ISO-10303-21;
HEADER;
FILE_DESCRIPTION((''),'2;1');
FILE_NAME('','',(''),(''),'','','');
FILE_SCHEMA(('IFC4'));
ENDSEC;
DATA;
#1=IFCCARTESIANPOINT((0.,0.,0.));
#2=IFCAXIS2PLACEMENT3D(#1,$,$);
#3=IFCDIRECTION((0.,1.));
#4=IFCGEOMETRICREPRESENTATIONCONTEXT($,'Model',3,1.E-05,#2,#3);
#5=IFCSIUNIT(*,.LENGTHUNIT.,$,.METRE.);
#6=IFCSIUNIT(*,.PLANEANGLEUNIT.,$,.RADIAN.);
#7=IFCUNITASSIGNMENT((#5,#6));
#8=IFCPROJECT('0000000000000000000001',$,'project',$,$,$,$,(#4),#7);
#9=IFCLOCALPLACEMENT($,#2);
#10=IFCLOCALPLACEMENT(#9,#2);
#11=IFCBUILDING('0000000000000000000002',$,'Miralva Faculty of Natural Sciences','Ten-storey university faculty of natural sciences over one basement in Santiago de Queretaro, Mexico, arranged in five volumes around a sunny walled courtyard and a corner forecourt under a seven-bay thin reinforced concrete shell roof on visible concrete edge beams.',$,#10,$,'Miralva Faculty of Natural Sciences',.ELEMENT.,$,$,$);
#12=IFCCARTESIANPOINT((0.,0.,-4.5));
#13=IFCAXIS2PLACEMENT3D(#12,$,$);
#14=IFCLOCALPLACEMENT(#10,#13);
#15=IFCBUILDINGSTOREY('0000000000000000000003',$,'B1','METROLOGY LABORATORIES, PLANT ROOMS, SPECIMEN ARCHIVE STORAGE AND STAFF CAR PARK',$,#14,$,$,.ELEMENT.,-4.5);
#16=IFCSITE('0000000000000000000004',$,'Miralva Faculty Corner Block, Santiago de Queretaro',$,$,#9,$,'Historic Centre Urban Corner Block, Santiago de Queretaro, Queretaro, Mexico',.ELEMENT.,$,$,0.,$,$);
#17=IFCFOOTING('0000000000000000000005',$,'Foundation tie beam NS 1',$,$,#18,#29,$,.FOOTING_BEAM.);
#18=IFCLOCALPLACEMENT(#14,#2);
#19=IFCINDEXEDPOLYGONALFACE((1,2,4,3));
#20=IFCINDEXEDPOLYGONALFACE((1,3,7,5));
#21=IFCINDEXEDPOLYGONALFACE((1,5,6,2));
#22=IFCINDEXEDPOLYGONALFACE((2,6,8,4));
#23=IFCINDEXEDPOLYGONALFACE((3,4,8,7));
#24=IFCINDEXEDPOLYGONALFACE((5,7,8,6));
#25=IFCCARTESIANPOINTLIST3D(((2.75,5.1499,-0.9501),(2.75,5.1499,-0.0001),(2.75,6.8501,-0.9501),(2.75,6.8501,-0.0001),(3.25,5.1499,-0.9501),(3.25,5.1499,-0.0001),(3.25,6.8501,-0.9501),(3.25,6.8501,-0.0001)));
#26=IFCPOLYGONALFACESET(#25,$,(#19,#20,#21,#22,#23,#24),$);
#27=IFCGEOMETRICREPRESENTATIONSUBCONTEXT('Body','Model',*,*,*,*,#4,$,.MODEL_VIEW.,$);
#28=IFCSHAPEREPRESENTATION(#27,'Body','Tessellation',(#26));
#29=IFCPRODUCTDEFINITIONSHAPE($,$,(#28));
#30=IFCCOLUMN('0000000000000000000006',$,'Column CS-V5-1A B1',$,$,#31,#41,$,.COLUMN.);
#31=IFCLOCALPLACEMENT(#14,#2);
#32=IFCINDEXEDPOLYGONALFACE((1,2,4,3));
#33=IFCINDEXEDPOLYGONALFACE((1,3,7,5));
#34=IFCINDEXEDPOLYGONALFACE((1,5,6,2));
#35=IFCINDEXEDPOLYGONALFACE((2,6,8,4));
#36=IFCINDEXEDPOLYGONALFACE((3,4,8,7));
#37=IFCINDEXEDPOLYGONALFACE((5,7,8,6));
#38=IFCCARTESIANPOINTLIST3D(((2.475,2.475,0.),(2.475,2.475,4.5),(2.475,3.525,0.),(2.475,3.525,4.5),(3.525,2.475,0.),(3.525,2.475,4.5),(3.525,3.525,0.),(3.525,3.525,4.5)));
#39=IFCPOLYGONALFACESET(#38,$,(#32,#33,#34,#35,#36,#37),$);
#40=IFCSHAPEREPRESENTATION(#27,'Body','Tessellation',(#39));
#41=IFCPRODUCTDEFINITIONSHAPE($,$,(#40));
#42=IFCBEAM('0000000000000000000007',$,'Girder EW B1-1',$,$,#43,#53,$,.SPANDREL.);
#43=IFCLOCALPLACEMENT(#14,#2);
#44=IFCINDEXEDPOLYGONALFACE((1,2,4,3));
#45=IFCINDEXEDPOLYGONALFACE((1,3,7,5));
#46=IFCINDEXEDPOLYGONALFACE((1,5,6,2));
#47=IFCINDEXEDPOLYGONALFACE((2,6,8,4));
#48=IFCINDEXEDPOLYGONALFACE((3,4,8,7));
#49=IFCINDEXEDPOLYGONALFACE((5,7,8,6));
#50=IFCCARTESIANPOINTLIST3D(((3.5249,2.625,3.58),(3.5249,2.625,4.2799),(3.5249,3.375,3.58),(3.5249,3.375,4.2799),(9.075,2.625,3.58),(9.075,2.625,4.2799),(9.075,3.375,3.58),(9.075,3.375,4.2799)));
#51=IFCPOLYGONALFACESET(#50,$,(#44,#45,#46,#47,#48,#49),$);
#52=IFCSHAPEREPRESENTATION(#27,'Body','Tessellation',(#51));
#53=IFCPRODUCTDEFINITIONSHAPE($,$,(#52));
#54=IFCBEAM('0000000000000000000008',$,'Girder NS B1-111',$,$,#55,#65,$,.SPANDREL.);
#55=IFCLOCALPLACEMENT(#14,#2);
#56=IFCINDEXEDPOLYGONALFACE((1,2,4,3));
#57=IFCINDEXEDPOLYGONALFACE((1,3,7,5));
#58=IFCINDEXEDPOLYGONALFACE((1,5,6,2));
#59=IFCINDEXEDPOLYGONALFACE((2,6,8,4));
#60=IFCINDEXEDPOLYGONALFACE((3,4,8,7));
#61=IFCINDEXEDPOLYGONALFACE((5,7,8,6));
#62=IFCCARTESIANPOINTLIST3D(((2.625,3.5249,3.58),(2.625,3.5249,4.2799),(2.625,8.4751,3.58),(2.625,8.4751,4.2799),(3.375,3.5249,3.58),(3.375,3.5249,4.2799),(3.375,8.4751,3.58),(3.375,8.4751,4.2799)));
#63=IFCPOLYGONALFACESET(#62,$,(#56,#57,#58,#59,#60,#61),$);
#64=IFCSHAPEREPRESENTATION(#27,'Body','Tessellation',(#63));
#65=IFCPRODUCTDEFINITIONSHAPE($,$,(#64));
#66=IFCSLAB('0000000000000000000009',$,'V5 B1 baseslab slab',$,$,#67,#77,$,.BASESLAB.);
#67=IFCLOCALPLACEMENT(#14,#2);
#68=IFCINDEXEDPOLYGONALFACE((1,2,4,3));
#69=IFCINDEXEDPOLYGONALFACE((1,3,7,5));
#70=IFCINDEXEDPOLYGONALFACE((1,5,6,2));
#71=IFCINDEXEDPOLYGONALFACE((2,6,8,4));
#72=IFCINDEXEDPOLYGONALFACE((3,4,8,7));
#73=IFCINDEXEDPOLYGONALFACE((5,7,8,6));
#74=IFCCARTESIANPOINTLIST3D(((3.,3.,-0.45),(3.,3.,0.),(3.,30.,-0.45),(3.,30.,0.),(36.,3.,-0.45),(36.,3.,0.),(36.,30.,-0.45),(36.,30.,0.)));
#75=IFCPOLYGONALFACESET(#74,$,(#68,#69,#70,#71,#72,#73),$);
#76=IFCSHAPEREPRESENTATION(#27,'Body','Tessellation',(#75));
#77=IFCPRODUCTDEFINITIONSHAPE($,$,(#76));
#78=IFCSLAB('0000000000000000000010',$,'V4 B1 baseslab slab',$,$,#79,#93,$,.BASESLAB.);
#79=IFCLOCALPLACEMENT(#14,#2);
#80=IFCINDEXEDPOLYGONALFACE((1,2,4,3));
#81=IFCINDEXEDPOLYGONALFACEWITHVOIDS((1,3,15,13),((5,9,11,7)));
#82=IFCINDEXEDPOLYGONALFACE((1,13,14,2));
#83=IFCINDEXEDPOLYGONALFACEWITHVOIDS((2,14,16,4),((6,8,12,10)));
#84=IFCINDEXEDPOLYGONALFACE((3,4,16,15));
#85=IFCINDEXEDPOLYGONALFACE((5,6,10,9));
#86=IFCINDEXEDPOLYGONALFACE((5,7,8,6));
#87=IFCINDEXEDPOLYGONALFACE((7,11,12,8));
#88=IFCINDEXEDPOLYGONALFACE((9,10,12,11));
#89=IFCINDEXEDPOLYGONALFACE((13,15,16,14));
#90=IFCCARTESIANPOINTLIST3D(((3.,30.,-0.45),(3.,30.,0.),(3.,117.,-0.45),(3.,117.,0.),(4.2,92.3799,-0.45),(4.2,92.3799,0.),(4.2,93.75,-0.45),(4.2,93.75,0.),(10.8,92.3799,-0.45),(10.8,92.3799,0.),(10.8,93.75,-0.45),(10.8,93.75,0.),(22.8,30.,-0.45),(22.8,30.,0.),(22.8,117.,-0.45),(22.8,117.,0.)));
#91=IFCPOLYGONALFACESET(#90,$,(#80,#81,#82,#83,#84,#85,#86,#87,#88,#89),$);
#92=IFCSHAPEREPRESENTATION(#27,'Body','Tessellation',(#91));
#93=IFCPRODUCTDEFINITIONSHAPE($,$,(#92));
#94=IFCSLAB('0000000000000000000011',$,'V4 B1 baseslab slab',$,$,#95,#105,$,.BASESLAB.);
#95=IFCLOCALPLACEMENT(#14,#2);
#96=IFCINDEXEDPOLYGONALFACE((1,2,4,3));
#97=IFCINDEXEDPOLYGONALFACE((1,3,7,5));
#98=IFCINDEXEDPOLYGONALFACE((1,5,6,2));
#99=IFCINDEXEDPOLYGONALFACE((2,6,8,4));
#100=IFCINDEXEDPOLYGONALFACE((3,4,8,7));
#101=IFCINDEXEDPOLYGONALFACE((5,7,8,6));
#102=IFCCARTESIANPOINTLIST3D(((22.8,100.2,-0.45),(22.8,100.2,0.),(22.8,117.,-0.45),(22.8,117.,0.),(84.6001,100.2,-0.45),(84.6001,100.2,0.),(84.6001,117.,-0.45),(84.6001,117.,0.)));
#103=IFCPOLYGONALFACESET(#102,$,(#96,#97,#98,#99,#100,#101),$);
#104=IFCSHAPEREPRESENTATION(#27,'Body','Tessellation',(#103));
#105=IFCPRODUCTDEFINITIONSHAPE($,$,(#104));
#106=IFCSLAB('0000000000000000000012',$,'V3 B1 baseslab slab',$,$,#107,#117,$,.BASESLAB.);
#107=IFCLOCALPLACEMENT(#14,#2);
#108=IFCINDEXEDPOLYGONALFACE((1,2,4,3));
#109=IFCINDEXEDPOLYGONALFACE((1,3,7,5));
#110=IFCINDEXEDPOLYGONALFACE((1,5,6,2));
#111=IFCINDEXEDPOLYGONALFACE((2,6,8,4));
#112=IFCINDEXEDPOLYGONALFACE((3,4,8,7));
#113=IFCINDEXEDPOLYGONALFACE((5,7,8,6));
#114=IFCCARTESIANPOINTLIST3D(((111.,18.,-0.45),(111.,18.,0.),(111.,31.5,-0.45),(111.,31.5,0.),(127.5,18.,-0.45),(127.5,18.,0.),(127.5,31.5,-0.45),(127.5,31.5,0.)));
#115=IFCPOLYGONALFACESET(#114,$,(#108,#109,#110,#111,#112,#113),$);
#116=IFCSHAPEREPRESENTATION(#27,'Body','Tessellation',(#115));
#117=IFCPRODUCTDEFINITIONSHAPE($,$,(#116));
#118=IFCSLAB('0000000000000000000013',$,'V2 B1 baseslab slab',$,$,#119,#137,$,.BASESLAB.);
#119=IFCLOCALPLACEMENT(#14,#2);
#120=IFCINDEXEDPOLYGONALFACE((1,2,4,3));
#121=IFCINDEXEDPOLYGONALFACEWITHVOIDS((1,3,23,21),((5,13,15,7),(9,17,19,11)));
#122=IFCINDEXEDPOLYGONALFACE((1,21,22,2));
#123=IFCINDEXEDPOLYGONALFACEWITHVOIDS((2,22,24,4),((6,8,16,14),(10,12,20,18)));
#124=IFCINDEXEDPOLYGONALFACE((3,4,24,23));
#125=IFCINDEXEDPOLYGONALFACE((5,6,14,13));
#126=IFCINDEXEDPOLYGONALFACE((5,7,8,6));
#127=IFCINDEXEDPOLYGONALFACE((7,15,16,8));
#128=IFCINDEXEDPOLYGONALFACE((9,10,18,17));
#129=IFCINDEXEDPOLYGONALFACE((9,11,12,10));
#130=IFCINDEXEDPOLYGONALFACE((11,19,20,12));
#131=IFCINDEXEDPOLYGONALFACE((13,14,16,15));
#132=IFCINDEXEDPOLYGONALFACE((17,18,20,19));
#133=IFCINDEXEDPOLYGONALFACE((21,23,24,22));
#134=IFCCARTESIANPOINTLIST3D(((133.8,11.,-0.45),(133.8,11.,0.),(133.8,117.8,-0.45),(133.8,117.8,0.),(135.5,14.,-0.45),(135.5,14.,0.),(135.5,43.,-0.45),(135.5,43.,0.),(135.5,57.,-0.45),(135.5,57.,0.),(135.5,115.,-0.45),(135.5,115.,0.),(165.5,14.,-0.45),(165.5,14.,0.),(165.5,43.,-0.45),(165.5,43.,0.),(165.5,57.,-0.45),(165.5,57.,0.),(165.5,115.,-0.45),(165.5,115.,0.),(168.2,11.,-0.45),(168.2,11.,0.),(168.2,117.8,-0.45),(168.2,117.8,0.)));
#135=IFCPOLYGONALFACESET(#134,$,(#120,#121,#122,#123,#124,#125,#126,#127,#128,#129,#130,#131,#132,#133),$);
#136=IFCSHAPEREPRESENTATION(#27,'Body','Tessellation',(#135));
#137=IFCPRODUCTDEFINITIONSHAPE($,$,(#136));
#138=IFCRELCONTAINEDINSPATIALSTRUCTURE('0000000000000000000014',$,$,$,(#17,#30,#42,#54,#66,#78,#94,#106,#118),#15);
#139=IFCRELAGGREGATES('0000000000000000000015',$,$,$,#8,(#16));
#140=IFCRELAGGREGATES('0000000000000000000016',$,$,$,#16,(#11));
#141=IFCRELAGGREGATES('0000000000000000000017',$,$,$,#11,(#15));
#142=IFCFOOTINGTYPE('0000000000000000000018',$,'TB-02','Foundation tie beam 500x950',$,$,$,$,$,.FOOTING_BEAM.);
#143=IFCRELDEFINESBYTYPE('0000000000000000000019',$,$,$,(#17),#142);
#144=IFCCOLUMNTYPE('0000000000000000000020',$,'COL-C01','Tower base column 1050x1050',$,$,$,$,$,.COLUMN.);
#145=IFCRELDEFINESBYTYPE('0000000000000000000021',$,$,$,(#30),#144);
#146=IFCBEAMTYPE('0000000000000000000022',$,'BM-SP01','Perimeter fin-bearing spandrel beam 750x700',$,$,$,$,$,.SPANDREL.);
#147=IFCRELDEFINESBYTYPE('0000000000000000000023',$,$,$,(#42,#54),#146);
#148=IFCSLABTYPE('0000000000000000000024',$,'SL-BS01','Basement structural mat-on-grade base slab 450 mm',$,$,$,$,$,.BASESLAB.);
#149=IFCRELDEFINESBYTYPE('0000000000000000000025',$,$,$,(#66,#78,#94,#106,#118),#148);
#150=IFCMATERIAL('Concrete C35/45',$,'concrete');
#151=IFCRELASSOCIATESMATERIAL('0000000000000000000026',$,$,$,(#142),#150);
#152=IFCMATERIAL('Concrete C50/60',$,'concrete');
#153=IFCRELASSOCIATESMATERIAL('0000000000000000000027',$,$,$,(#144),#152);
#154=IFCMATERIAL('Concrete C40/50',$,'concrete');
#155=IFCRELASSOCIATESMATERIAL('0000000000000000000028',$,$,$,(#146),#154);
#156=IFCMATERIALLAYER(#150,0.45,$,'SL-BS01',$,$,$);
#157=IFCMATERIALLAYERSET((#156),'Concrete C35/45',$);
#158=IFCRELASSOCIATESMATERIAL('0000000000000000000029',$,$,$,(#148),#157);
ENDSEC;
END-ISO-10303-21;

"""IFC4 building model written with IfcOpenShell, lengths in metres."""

from ifc_helpers import new_model, si_unit, direction, frame, origin, origin_2d, place, context, subcontext, project, spatial, polyline, rectangle, outline, extrude, material, layer, layer_set, material_profile, profile_set, type_object, element, save


model = new_model("IFC4")

# Units and contexts
model_context = context("Model", 3, precision=1e-05, world=origin(), true_north=direction((0.0, 1.0)))
body_context = subcontext(model_context, "Body", "Model", "MODEL_VIEW")
ifc_project = project(units=[si_unit("LENGTHUNIT", "METRE"), si_unit("PLANEANGLEUNIT", "RADIAN")], contexts=[model_context])

# Site, building, storey
site_placement = place(None, origin())
site = spatial("IfcSite", under=ifc_project, at=site_placement, Name="Miralva Faculty Corner Block, Santiago de Queretaro", LongName="Historic Centre Urban Corner Block, Santiago de Queretaro, Queretaro, Mexico", CompositionType="ELEMENT", RefElevation=0.0)
building_placement = place(site_placement, origin())
building = spatial("IfcBuilding", under=site, at=building_placement, Name="Miralva Faculty of Natural Sciences", Description="Ten-storey university faculty of natural sciences over one basement in Santiago de Queretaro, Mexico, arranged in five volumes around a sunny walled courtyard and a corner forecourt under a seven-bay thin reinforced concrete shell roof on visible concrete edge beams.", LongName="Miralva Faculty of Natural Sciences", CompositionType="ELEMENT")
storey_placement = place(building_placement, frame((0.0, 0.0, -4.5)))
storey = spatial("IfcBuildingStorey", under=building, at=storey_placement, Name="B1", Description="METROLOGY LABORATORIES, PLANT ROOMS, SPECIMEN ARCHIVE STORAGE AND STAFF CAR PARK", CompositionType="ELEMENT", Elevation=-4.5)

# Shared definitions
ifc_material_1 = material(Name="Concrete C35/45", Category="concrete")

# Footing
ifc_material_profile_1 = material_profile(ifc_material_1, rectangle(XDim=0.5, YDim=0.95, at=origin_2d()), Name="RC 500x950")
ifc_profile_set_1 = profile_set([ifc_material_profile_1], Name="Concrete C35/45")
footing_type_1 = type_object("IfcFootingType", Name="TB-02", Description="Foundation tie beam 500x950", PredefinedType="FOOTING_BEAM", material=ifc_profile_set_1)
footing_1_placement = place(storey_placement, frame((3.0, 5.1499, -0.4751), z_axis=(0.0, 1.0, 0.0), x_axis=(-1.0, 0.0, 0.0)))
element("IfcFooting", 1, at=footing_1_placement, inside=storey, type_object=footing_type_1, Name="Foundation tie beam NS 1", PredefinedType="FOOTING_BEAM", context=body_context, shape_type="SweptSolid", body=[
    extrude(rectangle(XDim=0.5, YDim=0.95, at=origin_2d()), origin(), (0.0, 0.0, 1.0), 1.7002),
])

# Column
ifc_material_2 = material(Name="Concrete C50/60", Category="concrete")
ifc_material_profile_2 = material_profile(ifc_material_2, rectangle(XDim=1.05, YDim=1.05, at=origin_2d()), Name="RC 1050x1050")
ifc_profile_set_2 = profile_set([ifc_material_profile_2], Name="Concrete C50/60")
column_type = type_object("IfcColumnType", Name="COL-C01", Description="Tower base column 1050x1050", PredefinedType="COLUMN", material=ifc_profile_set_2)
column_placement = place(storey_placement, frame((3.0, 3.0, 0.0), z_axis=(0.0, 0.0, 1.0), x_axis=(1.0, 0.0, 0.0)))
element("IfcColumn", 2, at=column_placement, inside=storey, type_object=column_type, Name="Column CS-V5-1A B1", PredefinedType="COLUMN", context=body_context, shape_type="SweptSolid", body=[
    extrude(rectangle(XDim=1.05, YDim=1.05, at=origin_2d()), origin(), (0.0, 0.0, 1.0), 4.5),
])

# Beams
ifc_material_3 = material(Name="Concrete C40/50", Category="concrete")
ifc_material_profile_3 = material_profile(ifc_material_3, rectangle(XDim=0.75, YDim=0.7, at=origin_2d()), Name="RC 750x700")
ifc_profile_set_3 = profile_set([ifc_material_profile_3], Name="Concrete C40/50")
beam_type = type_object("IfcBeamType", Name="BM-SP01", Description="Perimeter fin-bearing spandrel beam 750x700", PredefinedType="SPANDREL", material=ifc_profile_set_3)
beam_1_placement = place(storey_placement, frame((3.5249, 3.0, 3.9299), z_axis=(1.0, 0.0, 0.0), x_axis=(0.0, 1.0, 0.0)))
element("IfcBeam", 3, at=beam_1_placement, inside=storey, type_object=beam_type, Name="Girder EW B1-1", PredefinedType="SPANDREL", context=body_context, shape_type="SweptSolid", body=[
    extrude(rectangle(XDim=0.75, YDim=0.7, at=origin_2d()), origin(), (0.0, 0.0, 1.0), 5.55),
])
beam_2_placement = place(storey_placement, frame((3.0, 3.5249, 3.9299), z_axis=(0.0, 1.0, 0.0), x_axis=(-1.0, 0.0, 0.0)))
element("IfcBeam", 4, at=beam_2_placement, inside=storey, type_object=beam_type, Name="Girder NS B1-111", PredefinedType="SPANDREL", context=body_context, shape_type="SweptSolid", body=[
    extrude(rectangle(XDim=0.75, YDim=0.7, at=origin_2d()), origin(), (0.0, 0.0, 1.0), 4.9502),
])

# Slabs
ifc_layer_1 = layer(ifc_material_1, 0.45, Name="SL-BS01")
ifc_layer_set_1 = layer_set([ifc_layer_1], Name="Concrete C35/45")
slab_type_1 = type_object("IfcSlabType", Name="SL-BS01", Description="Basement structural mat-on-grade base slab 450 mm", PredefinedType="BASESLAB", material=ifc_layer_set_1)
slab_1_placement = place(storey_placement, frame((0.0, 0.0, -0.45)))
element("IfcSlab", 5, at=slab_1_placement, inside=storey, type_object=slab_type_1, Name="V5 B1 baseslab slab", PredefinedType="BASESLAB", context=body_context, shape_type="SweptSolid", body=[
    extrude(outline(polyline([(36.0, 3.0), (3.0, 3.0), (3.0, 30.0), (36.0, 30.0), (36.0, 3.0)])), origin(), (0.0, 0.0, 1.0), 0.45),
])
slab_2_placement = place(storey_placement, frame((0.0, 0.0, -0.45)))
element("IfcSlab", 6, at=slab_2_placement, inside=storey, type_object=slab_type_1, Name="V4 B1 baseslab slab", PredefinedType="BASESLAB", context=body_context, shape_type="SweptSolid", body=[
    extrude(outline(polyline([(3.0, 30.0), (3.0, 117.0), (22.8, 117.0), (22.8, 30.0), (3.0, 30.0)]), holes=[polyline([(10.8, 93.75), (4.2, 93.75), (4.2, 92.3799), (10.8, 92.3799), (10.8, 93.75)])]), origin(), (0.0, 0.0, 1.0), 0.45),
])
slab_3_placement = place(storey_placement, frame((0.0, 0.0, -0.45)))
element("IfcSlab", 7, at=slab_3_placement, inside=storey, type_object=slab_type_1, Name="V4 B1 baseslab slab", PredefinedType="BASESLAB", context=body_context, shape_type="SweptSolid", body=[
    extrude(outline(polyline([(84.6001, 100.2), (22.8, 100.2), (22.8, 117.0), (84.6001, 117.0), (84.6001, 100.2)])), origin(), (0.0, 0.0, 1.0), 0.45),
])
slab_4_placement = place(storey_placement, frame((0.0, 0.0, -0.45)))
element("IfcSlab", 8, at=slab_4_placement, inside=storey, type_object=slab_type_1, Name="V3 B1 baseslab slab", PredefinedType="BASESLAB", context=body_context, shape_type="SweptSolid", body=[
    extrude(outline(polyline([(127.5, 18.0), (111.0, 18.0), (111.0, 31.5), (127.5, 31.5), (127.5, 18.0)])), origin(), (0.0, 0.0, 1.0), 0.45),
])
slab_5_placement = place(storey_placement, frame((0.0, 0.0, -0.45)))
element("IfcSlab", 9, at=slab_5_placement, inside=storey, type_object=slab_type_1, Name="V2 B1 baseslab slab", PredefinedType="BASESLAB", context=body_context, shape_type="SweptSolid", body=[
    extrude(outline(polyline([(133.8, 117.8), (168.2, 117.8), (168.2, 11.0), (133.8, 11.0), (133.8, 117.8)]), holes=[polyline([(135.5, 43.0), (135.5, 14.0), (165.5, 14.0), (165.5, 43.0), (135.5, 43.0)]), polyline([(165.5, 115.0), (135.5, 115.0), (135.5, 57.0), (165.5, 57.0), (165.5, 115.0)])]), origin(), (0.0, 0.0, 1.0), 0.45),
])

save(model, "model.ifc")
